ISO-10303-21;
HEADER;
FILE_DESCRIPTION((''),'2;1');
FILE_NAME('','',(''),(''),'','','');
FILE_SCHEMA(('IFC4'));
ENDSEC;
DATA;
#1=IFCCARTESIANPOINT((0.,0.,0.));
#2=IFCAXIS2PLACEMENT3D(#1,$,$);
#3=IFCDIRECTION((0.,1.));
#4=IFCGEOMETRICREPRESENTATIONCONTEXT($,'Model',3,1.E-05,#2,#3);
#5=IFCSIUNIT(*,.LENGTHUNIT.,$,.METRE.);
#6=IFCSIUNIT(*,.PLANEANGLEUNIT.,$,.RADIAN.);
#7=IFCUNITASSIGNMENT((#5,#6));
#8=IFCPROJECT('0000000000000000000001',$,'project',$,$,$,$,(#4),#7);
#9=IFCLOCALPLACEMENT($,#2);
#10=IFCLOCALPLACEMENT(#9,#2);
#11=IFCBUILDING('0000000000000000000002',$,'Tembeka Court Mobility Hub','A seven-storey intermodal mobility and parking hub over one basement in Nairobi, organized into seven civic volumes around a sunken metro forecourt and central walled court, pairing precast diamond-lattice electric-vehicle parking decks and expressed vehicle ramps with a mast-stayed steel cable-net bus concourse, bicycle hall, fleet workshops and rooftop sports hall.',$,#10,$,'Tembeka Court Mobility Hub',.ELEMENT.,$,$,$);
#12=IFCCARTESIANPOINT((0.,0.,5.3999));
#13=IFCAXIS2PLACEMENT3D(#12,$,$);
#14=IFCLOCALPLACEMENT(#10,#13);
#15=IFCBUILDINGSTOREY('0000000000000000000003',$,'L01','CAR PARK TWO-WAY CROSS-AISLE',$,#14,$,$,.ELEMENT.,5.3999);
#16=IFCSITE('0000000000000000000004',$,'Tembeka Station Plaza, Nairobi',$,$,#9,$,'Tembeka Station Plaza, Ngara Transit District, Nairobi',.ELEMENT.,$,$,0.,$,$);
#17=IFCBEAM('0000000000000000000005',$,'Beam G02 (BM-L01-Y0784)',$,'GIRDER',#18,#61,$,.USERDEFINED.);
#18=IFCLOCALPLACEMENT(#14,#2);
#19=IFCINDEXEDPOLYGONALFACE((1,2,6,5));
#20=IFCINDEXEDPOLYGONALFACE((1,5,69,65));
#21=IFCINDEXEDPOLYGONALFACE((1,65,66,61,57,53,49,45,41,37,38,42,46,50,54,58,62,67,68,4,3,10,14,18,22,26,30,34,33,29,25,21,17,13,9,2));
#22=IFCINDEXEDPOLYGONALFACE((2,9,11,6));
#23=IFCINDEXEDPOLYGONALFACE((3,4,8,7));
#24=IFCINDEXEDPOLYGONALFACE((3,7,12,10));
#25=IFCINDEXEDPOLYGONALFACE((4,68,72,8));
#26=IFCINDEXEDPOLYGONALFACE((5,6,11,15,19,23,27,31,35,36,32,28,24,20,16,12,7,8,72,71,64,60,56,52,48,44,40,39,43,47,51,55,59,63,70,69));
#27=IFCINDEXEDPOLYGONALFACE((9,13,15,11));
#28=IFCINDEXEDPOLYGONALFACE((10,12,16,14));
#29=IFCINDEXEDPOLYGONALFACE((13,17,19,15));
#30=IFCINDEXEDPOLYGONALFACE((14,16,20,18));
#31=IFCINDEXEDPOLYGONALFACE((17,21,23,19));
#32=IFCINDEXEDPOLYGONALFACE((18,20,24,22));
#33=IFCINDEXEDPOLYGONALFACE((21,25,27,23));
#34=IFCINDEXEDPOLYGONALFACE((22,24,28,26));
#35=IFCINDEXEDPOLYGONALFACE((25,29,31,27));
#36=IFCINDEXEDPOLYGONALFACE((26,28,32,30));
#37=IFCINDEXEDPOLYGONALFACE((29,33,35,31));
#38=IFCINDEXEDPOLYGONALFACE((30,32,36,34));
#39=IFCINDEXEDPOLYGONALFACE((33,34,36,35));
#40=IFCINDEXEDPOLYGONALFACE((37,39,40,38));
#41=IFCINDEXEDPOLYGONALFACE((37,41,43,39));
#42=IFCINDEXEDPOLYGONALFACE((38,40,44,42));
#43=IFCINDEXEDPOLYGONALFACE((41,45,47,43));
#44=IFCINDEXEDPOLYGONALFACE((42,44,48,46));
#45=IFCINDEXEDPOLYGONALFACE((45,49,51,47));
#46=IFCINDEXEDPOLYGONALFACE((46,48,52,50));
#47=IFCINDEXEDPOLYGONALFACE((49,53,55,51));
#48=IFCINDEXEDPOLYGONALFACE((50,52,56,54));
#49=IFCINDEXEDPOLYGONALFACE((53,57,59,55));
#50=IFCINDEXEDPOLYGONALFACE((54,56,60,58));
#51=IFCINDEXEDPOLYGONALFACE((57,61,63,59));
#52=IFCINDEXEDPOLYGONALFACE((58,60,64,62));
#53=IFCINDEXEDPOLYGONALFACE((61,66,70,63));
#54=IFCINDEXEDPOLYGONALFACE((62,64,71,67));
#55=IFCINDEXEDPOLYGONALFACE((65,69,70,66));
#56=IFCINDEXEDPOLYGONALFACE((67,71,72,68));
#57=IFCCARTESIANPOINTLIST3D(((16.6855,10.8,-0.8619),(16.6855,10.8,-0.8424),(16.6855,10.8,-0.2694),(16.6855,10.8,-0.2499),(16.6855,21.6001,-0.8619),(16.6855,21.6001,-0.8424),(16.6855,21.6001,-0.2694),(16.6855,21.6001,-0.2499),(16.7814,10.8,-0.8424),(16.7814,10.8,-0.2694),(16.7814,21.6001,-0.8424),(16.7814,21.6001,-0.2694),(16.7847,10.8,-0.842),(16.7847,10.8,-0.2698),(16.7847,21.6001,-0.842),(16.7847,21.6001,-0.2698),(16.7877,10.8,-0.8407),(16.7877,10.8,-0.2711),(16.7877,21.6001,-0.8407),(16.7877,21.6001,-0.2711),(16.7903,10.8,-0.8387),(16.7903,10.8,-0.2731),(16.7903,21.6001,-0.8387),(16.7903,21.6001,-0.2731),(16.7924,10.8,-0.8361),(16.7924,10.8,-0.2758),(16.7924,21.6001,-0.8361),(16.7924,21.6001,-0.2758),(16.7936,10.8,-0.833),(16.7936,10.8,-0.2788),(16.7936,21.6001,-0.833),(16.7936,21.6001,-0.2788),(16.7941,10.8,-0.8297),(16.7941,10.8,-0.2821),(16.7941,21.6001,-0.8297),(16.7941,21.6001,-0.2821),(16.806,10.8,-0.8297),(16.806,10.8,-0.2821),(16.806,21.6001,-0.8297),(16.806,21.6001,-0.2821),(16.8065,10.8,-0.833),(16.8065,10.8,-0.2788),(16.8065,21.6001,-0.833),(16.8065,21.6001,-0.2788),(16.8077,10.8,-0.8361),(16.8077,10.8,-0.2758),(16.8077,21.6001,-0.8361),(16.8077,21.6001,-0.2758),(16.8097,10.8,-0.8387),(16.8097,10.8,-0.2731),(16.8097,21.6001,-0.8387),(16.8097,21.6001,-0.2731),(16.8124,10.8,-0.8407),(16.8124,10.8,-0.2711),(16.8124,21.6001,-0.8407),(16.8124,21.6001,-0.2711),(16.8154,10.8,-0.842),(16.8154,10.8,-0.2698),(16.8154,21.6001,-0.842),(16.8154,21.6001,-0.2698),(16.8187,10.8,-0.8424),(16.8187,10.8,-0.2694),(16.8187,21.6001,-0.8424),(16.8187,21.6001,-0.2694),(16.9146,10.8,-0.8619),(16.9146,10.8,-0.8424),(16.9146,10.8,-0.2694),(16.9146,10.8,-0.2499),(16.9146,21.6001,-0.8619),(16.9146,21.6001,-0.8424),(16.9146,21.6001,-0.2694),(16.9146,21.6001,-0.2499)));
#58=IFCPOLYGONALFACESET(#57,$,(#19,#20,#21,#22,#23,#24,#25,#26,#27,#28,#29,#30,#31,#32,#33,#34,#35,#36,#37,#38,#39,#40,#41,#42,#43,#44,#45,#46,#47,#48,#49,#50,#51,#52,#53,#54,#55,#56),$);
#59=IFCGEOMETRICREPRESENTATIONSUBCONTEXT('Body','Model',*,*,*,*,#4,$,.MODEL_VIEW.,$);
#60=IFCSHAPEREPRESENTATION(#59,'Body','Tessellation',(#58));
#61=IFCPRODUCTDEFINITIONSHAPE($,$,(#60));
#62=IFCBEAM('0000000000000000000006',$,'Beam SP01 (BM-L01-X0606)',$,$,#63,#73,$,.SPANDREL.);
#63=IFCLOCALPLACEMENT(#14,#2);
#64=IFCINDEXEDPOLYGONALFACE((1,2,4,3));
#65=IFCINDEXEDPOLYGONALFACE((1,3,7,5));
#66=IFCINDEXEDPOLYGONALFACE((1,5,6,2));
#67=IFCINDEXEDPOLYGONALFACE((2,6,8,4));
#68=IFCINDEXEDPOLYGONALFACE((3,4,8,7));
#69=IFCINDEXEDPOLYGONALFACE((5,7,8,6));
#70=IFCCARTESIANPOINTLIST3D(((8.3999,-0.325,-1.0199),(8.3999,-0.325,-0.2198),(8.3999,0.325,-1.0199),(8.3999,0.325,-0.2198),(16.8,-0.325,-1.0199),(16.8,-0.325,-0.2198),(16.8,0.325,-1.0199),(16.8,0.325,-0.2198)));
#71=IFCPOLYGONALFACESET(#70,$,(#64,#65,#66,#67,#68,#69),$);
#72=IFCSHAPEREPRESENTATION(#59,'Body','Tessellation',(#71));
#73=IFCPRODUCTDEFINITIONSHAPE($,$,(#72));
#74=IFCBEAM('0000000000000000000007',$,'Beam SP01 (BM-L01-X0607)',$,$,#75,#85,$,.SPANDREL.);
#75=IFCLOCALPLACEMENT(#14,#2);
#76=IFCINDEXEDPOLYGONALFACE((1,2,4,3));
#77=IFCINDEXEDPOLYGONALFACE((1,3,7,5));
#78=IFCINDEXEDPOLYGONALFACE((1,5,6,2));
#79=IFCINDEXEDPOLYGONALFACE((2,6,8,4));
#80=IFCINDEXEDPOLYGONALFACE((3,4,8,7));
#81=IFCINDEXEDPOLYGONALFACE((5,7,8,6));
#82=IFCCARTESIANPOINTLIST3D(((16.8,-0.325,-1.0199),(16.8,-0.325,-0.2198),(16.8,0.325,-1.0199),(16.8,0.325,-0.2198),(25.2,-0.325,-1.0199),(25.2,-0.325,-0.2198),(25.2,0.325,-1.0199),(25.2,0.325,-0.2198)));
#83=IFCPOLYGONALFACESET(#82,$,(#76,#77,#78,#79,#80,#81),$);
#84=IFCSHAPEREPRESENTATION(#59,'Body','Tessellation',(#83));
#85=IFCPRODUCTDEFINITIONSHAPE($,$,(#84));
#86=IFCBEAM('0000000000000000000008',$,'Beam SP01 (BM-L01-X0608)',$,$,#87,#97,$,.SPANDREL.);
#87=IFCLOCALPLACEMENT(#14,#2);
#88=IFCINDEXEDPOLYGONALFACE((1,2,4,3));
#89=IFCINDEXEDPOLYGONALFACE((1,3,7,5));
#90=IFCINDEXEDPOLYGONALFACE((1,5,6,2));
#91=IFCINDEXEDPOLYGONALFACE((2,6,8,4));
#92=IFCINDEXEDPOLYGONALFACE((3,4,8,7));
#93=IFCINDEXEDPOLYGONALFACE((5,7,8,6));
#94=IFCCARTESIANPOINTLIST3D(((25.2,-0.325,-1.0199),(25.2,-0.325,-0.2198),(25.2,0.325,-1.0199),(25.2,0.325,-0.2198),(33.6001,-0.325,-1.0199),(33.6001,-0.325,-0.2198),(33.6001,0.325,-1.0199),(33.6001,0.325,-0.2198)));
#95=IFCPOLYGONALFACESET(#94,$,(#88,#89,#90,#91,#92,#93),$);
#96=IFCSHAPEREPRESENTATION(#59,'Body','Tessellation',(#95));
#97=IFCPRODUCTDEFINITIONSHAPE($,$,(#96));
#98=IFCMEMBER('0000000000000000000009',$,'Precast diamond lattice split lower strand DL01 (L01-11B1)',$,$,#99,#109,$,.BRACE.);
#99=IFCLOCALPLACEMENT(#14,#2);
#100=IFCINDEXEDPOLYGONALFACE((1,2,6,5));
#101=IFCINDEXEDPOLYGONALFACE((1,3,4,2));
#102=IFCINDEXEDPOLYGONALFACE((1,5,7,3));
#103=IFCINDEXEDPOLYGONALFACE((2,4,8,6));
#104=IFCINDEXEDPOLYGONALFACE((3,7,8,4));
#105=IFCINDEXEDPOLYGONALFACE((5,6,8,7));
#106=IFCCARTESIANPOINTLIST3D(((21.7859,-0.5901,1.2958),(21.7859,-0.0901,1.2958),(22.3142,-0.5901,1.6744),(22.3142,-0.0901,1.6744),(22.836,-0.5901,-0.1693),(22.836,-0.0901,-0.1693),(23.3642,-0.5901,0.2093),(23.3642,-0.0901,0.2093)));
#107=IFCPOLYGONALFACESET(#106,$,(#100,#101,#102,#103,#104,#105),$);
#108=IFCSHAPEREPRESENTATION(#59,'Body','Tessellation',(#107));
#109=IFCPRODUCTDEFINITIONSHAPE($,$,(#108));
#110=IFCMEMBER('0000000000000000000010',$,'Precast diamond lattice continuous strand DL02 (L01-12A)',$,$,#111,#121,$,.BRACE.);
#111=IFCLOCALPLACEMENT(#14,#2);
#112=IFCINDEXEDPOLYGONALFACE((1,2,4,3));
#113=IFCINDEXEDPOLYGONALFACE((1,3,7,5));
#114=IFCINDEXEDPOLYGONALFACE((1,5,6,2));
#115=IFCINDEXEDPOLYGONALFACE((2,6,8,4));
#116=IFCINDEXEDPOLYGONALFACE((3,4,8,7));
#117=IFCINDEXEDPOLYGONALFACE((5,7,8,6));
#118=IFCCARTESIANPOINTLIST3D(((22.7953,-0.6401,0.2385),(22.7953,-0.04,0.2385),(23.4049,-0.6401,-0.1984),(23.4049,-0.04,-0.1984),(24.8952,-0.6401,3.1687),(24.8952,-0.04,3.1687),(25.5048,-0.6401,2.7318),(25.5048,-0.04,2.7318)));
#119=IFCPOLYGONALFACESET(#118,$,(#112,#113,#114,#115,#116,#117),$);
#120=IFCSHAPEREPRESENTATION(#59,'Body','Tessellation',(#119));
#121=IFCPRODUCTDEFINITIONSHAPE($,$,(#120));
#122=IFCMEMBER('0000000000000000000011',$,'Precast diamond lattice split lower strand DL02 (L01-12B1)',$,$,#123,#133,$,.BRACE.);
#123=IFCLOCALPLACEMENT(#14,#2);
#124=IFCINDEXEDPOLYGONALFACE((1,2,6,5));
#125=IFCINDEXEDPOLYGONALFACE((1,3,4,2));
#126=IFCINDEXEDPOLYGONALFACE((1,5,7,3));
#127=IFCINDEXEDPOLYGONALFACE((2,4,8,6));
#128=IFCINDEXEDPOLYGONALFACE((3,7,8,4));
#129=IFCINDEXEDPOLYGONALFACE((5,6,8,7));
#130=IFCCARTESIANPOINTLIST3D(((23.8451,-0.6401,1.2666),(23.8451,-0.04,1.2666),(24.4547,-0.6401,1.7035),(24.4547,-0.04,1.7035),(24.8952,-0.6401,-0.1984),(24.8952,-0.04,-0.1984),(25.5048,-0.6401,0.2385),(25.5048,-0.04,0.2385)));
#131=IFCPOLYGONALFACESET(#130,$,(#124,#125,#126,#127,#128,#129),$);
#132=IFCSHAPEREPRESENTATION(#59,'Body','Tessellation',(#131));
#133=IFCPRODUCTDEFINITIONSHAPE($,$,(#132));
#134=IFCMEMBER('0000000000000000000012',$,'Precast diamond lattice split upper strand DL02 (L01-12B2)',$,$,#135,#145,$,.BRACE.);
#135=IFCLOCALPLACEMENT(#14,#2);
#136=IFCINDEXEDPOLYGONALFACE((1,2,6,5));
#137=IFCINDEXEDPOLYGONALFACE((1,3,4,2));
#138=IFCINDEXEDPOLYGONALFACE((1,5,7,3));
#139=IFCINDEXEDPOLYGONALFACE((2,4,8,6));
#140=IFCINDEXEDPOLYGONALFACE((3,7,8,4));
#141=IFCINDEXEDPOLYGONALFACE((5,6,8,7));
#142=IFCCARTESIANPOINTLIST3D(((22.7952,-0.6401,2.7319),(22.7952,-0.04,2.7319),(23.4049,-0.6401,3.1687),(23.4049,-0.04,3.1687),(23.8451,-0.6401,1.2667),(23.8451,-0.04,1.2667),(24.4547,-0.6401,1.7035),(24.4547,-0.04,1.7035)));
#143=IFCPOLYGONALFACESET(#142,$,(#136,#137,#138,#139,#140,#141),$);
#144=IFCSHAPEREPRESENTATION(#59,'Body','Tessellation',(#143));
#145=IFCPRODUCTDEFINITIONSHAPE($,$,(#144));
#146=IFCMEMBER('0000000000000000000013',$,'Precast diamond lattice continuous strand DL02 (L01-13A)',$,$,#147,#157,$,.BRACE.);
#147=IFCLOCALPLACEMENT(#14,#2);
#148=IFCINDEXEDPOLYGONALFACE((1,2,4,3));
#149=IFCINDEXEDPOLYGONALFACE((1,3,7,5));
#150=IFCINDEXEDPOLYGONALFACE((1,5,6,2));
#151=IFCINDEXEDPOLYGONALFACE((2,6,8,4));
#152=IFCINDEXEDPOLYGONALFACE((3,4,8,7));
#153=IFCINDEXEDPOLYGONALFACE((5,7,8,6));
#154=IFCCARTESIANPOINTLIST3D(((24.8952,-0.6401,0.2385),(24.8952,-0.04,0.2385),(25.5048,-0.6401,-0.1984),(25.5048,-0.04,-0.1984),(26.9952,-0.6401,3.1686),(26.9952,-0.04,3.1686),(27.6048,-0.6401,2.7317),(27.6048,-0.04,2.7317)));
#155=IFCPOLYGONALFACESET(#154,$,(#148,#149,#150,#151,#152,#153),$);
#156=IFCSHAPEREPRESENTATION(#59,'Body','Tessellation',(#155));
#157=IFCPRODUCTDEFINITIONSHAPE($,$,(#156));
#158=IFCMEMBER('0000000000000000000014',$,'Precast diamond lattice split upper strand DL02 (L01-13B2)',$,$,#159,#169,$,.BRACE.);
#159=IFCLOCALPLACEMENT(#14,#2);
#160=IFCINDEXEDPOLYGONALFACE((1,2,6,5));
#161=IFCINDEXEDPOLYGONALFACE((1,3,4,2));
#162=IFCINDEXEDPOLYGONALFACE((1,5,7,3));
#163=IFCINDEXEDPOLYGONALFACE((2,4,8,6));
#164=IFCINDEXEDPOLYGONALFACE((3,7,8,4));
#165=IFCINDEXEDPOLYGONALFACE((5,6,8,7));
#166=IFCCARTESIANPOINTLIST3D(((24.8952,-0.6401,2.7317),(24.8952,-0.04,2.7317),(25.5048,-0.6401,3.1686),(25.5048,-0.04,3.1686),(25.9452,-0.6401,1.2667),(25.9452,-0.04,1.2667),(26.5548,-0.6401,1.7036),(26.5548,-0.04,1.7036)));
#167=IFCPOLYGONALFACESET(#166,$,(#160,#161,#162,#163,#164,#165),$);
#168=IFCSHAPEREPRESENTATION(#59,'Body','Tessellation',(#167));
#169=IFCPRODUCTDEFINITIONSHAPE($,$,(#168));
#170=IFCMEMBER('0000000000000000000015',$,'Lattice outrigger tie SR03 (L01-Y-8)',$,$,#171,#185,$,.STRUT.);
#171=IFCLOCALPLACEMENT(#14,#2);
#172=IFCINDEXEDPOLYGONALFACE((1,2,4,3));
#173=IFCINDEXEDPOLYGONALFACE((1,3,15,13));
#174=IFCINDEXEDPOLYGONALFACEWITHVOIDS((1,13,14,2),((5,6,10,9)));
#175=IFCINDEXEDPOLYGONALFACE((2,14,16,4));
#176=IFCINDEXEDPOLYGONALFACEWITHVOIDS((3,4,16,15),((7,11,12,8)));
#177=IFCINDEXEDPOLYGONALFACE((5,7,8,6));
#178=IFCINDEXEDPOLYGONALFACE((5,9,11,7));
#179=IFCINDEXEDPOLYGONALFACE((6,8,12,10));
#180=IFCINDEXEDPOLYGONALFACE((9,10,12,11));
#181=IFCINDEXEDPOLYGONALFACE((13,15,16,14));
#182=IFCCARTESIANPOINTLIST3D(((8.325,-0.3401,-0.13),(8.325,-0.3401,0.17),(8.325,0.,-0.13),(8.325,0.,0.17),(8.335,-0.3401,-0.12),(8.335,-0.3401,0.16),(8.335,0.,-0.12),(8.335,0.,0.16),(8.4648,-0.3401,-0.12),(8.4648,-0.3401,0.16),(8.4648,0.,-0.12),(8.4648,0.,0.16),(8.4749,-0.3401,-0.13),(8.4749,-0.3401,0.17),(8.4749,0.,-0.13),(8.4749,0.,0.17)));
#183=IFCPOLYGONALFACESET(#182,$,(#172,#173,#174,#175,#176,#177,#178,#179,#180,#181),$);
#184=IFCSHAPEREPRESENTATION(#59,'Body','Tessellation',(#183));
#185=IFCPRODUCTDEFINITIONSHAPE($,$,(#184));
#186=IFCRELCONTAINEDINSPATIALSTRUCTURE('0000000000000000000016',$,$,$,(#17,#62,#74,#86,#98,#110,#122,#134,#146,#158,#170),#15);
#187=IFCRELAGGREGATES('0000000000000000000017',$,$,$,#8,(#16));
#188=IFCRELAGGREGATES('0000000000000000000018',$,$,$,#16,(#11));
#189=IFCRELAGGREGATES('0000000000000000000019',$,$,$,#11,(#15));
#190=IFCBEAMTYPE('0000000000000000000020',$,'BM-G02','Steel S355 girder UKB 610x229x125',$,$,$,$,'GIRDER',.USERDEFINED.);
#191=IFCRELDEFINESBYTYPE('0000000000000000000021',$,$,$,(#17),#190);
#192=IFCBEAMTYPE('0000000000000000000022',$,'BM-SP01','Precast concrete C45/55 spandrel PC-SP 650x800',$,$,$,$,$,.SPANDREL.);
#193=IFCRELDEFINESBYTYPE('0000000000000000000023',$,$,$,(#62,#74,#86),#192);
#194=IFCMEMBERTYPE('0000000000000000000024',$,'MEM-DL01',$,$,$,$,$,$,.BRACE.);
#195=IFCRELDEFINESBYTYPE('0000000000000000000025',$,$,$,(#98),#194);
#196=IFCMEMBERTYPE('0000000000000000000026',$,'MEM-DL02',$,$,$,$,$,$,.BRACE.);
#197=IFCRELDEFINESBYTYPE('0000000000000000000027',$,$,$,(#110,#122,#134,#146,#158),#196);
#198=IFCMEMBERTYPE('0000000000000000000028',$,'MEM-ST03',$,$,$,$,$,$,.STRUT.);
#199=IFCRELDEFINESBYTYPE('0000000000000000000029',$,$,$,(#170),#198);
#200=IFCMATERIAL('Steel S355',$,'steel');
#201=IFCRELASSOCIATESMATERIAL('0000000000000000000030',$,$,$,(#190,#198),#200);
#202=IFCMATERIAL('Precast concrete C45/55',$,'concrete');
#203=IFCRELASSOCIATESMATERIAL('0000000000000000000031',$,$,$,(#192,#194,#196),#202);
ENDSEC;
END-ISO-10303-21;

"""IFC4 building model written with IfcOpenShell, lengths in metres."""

from ifc_helpers import new_model, si_unit, direction, frame, origin, origin_2d, place, context, subcontext, project, spatial, rectangle, hollow_rectangle, i_section, extrude, material, material_profile, profile_set, type_object, element, save


model = new_model("IFC4")

# Units and contexts
model_context = context("Model", 3, precision=1e-05, world=origin(), true_north=direction((0.0, 1.0)))
body_context = subcontext(model_context, "Body", "Model", "MODEL_VIEW")
ifc_project = project(units=[si_unit("LENGTHUNIT", "METRE"), si_unit("PLANEANGLEUNIT", "RADIAN")], contexts=[model_context])

# Site, building, storey
site_placement = place(None, origin())
site = spatial("IfcSite", under=ifc_project, at=site_placement, Name="Tembeka Station Plaza, Nairobi", LongName="Tembeka Station Plaza, Ngara Transit District, Nairobi", CompositionType="ELEMENT", RefElevation=0.0)
building_placement = place(site_placement, origin())
building = spatial("IfcBuilding", under=site, at=building_placement, Name="Tembeka Court Mobility Hub", Description="A seven-storey intermodal mobility and parking hub over one basement in Nairobi, organized into seven civic volumes around a sunken metro forecourt and central walled court, pairing precast diamond-lattice electric-vehicle parking decks and expressed vehicle ramps with a mast-stayed steel cable-net bus concourse, bicycle hall, fleet workshops and rooftop sports hall.", LongName="Tembeka Court Mobility Hub", CompositionType="ELEMENT")
storey_placement = place(building_placement, frame((0.0, 0.0, 5.3999)))
storey = spatial("IfcBuildingStorey", under=building, at=storey_placement, Name="L01", Description="CAR PARK TWO-WAY CROSS-AISLE", CompositionType="ELEMENT", Elevation=5.3999)

# Shared definitions
ifc_material_1 = material(Name="Steel S355", Category="steel")

# Beams
ifc_material_profile_1 = material_profile(ifc_material_1, i_section(OverallWidth=0.229, OverallDepth=0.6121, WebThickness=0.012, FlangeThickness=0.0195, FilletRadius=0.0127, at=origin_2d()), Name="UKB 610x229x125")
ifc_profile_set_1 = profile_set([ifc_material_profile_1], Name="Steel S355")
beam_type_1 = type_object("IfcBeamType", Name="BM-G02", Description="Steel S355 girder UKB 610x229x125", ElementType="GIRDER", PredefinedType="USERDEFINED", material=ifc_profile_set_1)
for number, where, z_axis, x_axis, name in (
    (1, (16.8, 10.8, -0.5559), (0.0, 1.0, 0.0), (-1.0, 0.0, 0.0), "Beam G02 (BM-L01-Y0784)"),
):
    element("IfcBeam", number, at=place(storey_placement, frame(where, z_axis=z_axis, x_axis=x_axis)), inside=storey, type_object=beam_type_1, Name=name, ObjectType="GIRDER", PredefinedType="USERDEFINED", context=body_context, shape_type="SweptSolid", body=[
        extrude(i_section(OverallWidth=0.229, OverallDepth=0.6121, WebThickness=0.012, FlangeThickness=0.0195, FilletRadius=0.0127, at=origin_2d()), origin(), (0.0, 0.0, 1.0), 10.8),
    ])
ifc_material_2 = material(Name="Precast concrete C45/55", Category="concrete")
ifc_material_profile_2 = material_profile(ifc_material_2, rectangle(XDim=0.6499, YDim=0.8, at=origin_2d()), Name="PC-SP 650x800")
ifc_profile_set_2 = profile_set([ifc_material_profile_2], Name="Precast concrete C45/55")
beam_type_2 = type_object("IfcBeamType", Name="BM-SP01", Description="Precast concrete C45/55 spandrel PC-SP 650x800", PredefinedType="SPANDREL", material=ifc_profile_set_2)
beam_1_placement = place(storey_placement, frame((8.3999, 0.0, -0.6199), z_axis=(1.0, 0.0, 0.0), x_axis=(0.0, 1.0, 0.0)))
element("IfcBeam", 2, at=beam_1_placement, inside=storey, type_object=beam_type_2, Name="Beam SP01 (BM-L01-X0606)", PredefinedType="SPANDREL", context=body_context, shape_type="SweptSolid", body=[
    extrude(rectangle(XDim=0.6499, YDim=0.8, at=origin_2d()), origin(), (0.0, 0.0, 1.0), 8.4001),
])
beam_2_placement = place(storey_placement, frame((16.8, 0.0, -0.6199), z_axis=(1.0, 0.0, 0.0), x_axis=(0.0, 1.0, 0.0)))
element("IfcBeam", 3, at=beam_2_placement, inside=storey, type_object=beam_type_2, Name="Beam SP01 (BM-L01-X0607)", PredefinedType="SPANDREL", context=body_context, shape_type="SweptSolid", body=[
    extrude(rectangle(XDim=0.6499, YDim=0.8, at=origin_2d()), origin(), (0.0, 0.0, 1.0), 8.3999),
])
beam_3_placement = place(storey_placement, frame((25.2, 0.0, -0.6199), z_axis=(1.0, 0.0, 0.0), x_axis=(0.0, 1.0, 0.0)))
element("IfcBeam", 4, at=beam_3_placement, inside=storey, type_object=beam_type_2, Name="Beam SP01 (BM-L01-X0608)", PredefinedType="SPANDREL", context=body_context, shape_type="SweptSolid", body=[
    extrude(rectangle(XDim=0.6499, YDim=0.8, at=origin_2d()), origin(), (0.0, 0.0, 1.0), 8.4001),
])

# Members
ifc_material_profile_3 = material_profile(ifc_material_2, rectangle(XDim=0.5, YDim=0.6499, at=origin_2d()), Name="PC-DIAG 500x650")
ifc_profile_set_3 = profile_set([ifc_material_profile_3], Name="Precast concrete C45/55")
member_type_1 = type_object("IfcMemberType", Name="MEM-DL01", PredefinedType="BRACE", material=ifc_profile_set_3)
member_1_placement = place(storey_placement, frame((23.1001, -0.3401, 0.02), z_axis=(-0.582544, 0.0, 0.812799), x_axis=(0.0, -1.0, 0.0)))
element("IfcMember", 5, at=member_1_placement, inside=storey, type_object=member_type_1, Name="Precast diamond lattice split lower strand DL01 (L01-11B1)", PredefinedType="BRACE", context=body_context, shape_type="SweptSolid", body=[
    extrude(rectangle(XDim=0.5, YDim=0.6499, at=origin_2d()), origin(), (0.0, 0.0, 1.0), 1.8025),
])
ifc_material_profile_4 = material_profile(ifc_material_2, rectangle(XDim=0.6001, YDim=0.75, at=origin_2d()), Name="PC-DIAG 600x750")
ifc_profile_set_4 = profile_set([ifc_material_profile_4], Name="Precast concrete C45/55")
member_type_2 = type_object("IfcMemberType", Name="MEM-DL02", PredefinedType="BRACE", material=ifc_profile_set_4)
member_2_placement = place(storey_placement, frame((23.1001, -0.3401, 0.02), z_axis=(0.5825, 0.0, 0.812831), x_axis=(0.0, 1.0, 0.0)))
element("IfcMember", 6, at=member_2_placement, inside=storey, type_object=member_type_2, Name="Precast diamond lattice continuous strand DL02 (L01-12A)", PredefinedType="BRACE", context=body_context, shape_type="SweptSolid", body=[
    extrude(rectangle(XDim=0.6001, YDim=0.75, at=origin_2d()), origin(), (0.0, 0.0, 1.0), 3.605),
])
for number, where, z_axis, x_axis, name in (
    (7, (25.2, -0.3401, 0.02), (-0.582544, 0.0, 0.812799), (0.0, -1.0, 0.0), "Precast diamond lattice split lower strand DL02 (L01-12B1)"),
    (8, (24.1499, -0.3401, 1.4851), (-0.582455, 0.0, 0.812863), (0.0, -1.0, 0.0), "Precast diamond lattice split upper strand DL02 (L01-12B2)"),
):
    element("IfcMember", number, at=place(storey_placement, frame(where, z_axis=z_axis, x_axis=x_axis)), inside=storey, type_object=member_type_2, Name=name, PredefinedType="BRACE", context=body_context, shape_type="SweptSolid", body=[
        extrude(rectangle(XDim=0.6001, YDim=0.75, at=origin_2d()), origin(), (0.0, 0.0, 1.0), 1.8025),
    ])
member_3_placement = place(storey_placement, frame((25.2, -0.3401, 0.02), z_axis=(0.582544, 0.0, 0.812799), x_axis=(0.0, 1.0, 0.0)))
element("IfcMember", 9, at=member_3_placement, inside=storey, type_object=member_type_2, Name="Precast diamond lattice continuous strand DL02 (L01-13A)", PredefinedType="BRACE", context=body_context, shape_type="SweptSolid", body=[
    extrude(rectangle(XDim=0.6001, YDim=0.75, at=origin_2d()), origin(), (0.0, 0.0, 1.0), 3.605),
])
member_4_placement = place(storey_placement, frame((26.25, -0.3401, 1.4851), z_axis=(-0.582544, 0.0, 0.812799), x_axis=(0.0, -1.0, 0.0)))
element("IfcMember", 10, at=member_4_placement, inside=storey, type_object=member_type_2, Name="Precast diamond lattice split upper strand DL02 (L01-13B2)", PredefinedType="BRACE", context=body_context, shape_type="SweptSolid", body=[
    extrude(rectangle(XDim=0.6001, YDim=0.75, at=origin_2d()), origin(), (0.0, 0.0, 1.0), 1.8025),
])
ifc_material_profile_5 = material_profile(ifc_material_1, hollow_rectangle(XDim=0.1499, YDim=0.3, WallThickness=0.01, at=origin_2d()), Name="RHS 300x150x10")
ifc_profile_set_5 = profile_set([ifc_material_profile_5], Name="Steel S355")
member_type_3 = type_object("IfcMemberType", Name="MEM-ST03", PredefinedType="STRUT", material=ifc_profile_set_5)
for number, where, z_axis, x_axis, name in (
    (11, (8.3999, 0.0, 0.02), (0.0, -1.0, 0.0), (1.0, 0.0, 0.0), "Lattice outrigger tie SR03 (L01-Y-8)"),
):
    element("IfcMember", number, at=place(storey_placement, frame(where, z_axis=z_axis, x_axis=x_axis)), inside=storey, type_object=member_type_3, Name=name, PredefinedType="STRUT", context=body_context, shape_type="SweptSolid", body=[
        extrude(hollow_rectangle(XDim=0.1499, YDim=0.3, WallThickness=0.01, at=origin_2d()), origin(), (0.0, 0.0, 1.0), 0.3401),
    ])

save(model, "model.ifc")
